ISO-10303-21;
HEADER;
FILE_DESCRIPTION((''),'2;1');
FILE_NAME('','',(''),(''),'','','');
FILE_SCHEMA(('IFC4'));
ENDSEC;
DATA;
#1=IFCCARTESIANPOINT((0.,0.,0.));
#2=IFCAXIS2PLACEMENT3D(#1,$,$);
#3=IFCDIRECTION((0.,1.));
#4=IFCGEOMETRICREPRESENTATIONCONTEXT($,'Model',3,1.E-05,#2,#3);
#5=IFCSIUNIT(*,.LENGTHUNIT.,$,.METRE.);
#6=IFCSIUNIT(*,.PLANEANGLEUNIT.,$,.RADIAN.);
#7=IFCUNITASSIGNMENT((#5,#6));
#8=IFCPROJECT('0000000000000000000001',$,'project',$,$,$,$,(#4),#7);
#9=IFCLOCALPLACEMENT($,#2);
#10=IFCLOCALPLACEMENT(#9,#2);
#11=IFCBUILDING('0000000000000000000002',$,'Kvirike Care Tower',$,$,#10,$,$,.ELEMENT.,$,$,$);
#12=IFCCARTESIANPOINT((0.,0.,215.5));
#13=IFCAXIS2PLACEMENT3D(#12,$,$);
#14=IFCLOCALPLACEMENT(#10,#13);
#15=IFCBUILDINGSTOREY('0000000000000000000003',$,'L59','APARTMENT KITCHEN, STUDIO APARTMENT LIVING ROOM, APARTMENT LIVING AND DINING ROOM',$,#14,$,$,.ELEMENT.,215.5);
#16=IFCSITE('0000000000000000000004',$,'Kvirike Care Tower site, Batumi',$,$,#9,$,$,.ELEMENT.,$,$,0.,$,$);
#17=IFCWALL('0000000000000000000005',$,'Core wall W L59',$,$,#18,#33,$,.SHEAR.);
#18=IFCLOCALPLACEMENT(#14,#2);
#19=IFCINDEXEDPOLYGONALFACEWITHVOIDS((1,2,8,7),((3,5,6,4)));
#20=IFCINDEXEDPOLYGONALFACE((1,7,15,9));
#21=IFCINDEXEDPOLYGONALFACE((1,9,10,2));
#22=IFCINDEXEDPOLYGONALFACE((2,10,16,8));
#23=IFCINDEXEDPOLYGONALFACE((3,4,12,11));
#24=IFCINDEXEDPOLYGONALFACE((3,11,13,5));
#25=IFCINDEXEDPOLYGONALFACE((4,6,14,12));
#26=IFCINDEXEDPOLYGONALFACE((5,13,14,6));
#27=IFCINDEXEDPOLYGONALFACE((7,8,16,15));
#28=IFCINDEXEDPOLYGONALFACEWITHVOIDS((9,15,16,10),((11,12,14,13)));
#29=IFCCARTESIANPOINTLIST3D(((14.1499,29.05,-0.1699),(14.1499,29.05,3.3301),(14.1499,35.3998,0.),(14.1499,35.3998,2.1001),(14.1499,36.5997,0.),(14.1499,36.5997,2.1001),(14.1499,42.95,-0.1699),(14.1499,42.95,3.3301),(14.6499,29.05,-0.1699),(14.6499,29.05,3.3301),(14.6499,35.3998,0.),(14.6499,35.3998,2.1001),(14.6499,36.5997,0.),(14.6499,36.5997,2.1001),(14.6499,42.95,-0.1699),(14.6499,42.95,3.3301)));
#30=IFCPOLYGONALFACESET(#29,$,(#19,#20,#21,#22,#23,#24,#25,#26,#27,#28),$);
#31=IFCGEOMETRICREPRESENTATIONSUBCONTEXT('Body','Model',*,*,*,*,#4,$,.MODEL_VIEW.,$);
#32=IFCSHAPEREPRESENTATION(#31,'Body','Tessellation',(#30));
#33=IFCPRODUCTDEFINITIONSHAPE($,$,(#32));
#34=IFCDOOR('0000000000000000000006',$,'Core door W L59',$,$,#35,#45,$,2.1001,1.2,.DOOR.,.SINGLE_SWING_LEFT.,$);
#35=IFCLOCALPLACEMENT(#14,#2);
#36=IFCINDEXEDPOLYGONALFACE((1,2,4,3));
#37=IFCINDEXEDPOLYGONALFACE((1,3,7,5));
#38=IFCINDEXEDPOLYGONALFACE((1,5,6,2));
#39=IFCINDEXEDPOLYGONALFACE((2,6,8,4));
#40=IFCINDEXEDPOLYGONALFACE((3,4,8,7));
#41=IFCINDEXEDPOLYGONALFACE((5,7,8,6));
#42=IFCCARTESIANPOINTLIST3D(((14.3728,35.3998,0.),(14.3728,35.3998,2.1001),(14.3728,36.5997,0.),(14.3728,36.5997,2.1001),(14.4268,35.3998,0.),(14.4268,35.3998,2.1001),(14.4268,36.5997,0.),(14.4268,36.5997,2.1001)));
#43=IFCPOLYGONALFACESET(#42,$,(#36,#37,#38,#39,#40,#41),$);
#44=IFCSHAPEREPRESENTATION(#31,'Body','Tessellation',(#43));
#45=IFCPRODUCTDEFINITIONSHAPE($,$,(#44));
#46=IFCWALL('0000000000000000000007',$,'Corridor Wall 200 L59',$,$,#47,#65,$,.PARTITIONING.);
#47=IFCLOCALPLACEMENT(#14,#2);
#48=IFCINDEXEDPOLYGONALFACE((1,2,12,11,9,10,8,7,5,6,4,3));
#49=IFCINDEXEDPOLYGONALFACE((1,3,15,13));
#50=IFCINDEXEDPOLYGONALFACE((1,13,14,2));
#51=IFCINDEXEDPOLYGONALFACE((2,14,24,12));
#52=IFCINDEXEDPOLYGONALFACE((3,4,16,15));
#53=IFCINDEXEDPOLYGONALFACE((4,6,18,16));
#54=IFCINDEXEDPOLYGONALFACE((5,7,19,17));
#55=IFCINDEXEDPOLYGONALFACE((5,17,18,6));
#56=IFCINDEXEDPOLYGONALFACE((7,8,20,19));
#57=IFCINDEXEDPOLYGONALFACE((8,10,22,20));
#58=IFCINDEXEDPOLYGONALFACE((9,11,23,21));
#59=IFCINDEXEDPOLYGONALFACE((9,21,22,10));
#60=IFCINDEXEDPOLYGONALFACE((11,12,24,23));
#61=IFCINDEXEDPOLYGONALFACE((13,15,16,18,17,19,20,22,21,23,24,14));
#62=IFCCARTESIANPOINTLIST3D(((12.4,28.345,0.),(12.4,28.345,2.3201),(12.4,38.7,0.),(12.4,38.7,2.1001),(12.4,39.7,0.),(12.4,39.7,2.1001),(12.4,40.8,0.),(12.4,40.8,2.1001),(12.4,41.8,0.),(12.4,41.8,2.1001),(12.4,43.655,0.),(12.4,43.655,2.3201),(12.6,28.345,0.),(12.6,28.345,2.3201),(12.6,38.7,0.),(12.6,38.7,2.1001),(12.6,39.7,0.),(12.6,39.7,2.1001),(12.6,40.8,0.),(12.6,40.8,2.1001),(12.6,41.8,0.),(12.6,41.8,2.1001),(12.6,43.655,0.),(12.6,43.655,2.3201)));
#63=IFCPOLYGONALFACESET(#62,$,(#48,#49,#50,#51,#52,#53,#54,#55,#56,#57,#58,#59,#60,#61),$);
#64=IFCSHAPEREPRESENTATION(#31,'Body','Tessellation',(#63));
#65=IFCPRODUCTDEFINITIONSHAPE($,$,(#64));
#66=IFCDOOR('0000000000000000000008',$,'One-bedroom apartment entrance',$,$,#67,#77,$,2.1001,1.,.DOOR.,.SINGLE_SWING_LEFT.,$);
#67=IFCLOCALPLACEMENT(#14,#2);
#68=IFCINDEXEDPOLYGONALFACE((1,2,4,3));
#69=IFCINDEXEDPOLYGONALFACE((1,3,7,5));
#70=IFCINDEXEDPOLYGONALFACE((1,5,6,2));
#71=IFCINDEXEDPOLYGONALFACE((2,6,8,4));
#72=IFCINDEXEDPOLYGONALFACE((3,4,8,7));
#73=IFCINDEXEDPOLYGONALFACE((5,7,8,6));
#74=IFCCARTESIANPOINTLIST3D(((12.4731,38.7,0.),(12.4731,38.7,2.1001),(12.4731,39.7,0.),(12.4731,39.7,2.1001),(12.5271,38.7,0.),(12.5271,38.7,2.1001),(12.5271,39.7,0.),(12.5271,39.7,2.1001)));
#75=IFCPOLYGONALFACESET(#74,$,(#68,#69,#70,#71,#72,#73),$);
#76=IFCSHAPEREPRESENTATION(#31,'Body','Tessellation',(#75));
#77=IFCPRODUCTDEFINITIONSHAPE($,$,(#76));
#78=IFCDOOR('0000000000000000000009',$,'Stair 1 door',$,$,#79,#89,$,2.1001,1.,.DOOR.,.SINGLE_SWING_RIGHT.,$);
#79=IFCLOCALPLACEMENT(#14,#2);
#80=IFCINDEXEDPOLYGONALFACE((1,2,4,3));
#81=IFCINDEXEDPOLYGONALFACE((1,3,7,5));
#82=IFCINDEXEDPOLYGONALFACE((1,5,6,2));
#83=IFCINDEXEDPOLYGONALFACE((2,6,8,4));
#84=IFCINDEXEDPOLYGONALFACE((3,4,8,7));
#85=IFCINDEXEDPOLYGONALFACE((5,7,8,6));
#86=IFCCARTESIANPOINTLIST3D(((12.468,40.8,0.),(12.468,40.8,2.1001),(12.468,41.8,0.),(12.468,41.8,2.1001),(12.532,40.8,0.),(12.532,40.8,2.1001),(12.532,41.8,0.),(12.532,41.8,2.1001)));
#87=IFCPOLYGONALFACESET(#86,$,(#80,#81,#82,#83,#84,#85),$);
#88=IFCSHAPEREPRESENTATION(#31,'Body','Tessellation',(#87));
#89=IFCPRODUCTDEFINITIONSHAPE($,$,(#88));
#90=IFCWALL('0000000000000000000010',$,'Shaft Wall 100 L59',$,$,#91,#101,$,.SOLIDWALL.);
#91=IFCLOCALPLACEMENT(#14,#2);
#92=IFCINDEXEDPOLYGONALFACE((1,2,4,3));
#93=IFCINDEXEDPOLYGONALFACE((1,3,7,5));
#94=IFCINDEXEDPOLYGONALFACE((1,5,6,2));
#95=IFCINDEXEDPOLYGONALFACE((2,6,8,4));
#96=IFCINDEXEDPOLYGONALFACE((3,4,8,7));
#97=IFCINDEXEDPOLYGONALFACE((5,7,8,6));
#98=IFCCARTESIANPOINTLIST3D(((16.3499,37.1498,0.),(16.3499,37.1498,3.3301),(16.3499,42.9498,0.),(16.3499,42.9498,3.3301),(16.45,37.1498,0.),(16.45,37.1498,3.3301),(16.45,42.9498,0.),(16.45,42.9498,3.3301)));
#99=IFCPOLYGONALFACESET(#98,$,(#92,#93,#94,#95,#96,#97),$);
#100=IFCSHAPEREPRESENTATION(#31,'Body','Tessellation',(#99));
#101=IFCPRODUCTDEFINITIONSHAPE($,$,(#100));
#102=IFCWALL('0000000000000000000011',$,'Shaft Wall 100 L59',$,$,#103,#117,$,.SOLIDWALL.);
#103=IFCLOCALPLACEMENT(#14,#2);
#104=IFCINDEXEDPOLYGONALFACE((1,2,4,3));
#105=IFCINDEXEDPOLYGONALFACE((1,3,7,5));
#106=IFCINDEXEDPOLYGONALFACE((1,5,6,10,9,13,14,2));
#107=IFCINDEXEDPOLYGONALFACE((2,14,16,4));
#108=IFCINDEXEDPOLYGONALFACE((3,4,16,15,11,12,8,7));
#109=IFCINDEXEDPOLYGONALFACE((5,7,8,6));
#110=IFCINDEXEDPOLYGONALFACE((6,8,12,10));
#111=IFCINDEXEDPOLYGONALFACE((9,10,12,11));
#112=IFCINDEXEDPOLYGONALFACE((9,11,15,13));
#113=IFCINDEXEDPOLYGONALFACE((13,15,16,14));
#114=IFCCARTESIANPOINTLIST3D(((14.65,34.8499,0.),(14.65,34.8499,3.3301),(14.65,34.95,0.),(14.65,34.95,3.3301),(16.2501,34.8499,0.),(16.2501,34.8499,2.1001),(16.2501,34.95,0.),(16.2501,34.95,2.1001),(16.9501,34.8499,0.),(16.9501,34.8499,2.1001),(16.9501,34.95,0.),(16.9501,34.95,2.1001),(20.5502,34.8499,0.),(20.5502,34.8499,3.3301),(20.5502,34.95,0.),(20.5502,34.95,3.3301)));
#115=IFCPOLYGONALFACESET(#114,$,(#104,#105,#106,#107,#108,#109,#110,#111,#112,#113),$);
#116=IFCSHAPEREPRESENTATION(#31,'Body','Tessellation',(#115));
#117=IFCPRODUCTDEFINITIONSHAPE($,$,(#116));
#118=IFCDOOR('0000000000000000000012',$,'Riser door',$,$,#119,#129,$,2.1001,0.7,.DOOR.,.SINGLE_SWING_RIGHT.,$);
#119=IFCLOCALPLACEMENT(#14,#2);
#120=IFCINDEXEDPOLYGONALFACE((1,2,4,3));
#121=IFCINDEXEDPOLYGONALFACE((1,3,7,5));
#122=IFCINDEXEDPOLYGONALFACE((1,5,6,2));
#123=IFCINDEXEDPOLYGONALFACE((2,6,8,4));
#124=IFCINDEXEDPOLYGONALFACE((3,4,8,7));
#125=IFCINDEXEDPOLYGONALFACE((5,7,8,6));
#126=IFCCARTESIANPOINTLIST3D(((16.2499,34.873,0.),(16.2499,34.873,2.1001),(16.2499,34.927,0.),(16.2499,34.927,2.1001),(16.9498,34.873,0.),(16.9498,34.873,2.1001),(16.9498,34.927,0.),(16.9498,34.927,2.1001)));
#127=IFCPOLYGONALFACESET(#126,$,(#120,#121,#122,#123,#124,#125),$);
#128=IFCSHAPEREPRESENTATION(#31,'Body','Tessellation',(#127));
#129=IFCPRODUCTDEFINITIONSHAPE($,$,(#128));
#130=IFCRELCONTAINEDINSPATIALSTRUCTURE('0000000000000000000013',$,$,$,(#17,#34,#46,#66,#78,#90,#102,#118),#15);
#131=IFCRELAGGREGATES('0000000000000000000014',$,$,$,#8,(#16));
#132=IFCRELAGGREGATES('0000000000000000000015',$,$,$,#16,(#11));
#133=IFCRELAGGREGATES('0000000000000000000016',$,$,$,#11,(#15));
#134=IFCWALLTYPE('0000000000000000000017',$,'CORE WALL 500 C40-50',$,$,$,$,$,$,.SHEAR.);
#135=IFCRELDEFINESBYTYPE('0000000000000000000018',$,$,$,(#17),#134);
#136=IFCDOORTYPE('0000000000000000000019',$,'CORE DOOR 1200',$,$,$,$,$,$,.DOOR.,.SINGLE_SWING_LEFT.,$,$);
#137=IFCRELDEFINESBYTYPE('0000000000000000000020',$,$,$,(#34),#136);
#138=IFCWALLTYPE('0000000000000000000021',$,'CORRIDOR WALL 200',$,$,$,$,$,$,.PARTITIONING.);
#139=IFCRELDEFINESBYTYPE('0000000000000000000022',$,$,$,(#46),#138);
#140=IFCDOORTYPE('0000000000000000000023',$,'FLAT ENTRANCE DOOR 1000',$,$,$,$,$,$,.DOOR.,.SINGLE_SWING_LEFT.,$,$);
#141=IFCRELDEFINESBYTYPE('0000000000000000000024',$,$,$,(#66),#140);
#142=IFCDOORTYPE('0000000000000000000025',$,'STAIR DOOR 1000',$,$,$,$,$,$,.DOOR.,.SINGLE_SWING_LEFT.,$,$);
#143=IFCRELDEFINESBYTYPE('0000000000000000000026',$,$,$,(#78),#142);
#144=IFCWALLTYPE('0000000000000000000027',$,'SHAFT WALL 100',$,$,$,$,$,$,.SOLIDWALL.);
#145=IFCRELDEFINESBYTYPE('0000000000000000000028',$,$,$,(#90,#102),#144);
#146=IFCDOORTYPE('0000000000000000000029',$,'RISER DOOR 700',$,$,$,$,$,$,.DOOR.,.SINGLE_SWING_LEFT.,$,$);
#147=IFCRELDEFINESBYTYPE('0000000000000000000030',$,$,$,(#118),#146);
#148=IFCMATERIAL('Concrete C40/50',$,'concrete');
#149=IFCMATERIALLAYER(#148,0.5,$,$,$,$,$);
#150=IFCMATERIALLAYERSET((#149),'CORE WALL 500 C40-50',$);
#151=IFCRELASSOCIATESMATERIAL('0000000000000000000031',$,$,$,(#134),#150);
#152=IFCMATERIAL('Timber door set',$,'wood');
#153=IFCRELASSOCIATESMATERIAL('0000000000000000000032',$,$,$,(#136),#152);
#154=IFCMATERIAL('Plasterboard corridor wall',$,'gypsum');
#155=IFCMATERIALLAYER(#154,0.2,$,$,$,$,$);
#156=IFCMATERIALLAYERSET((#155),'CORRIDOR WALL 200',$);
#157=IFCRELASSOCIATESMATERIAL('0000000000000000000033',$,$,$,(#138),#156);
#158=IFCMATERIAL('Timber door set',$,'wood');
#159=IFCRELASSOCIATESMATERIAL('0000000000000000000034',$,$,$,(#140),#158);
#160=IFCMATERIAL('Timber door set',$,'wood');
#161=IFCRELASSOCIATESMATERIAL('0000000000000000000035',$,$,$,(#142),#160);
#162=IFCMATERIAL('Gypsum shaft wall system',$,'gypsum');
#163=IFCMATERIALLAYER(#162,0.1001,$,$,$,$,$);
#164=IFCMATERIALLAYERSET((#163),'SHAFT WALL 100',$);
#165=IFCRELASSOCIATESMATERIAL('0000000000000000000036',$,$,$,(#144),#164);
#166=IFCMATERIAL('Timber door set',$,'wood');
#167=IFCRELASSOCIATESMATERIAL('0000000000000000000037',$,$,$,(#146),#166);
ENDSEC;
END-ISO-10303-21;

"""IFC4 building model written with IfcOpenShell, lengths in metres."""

from ifc_helpers import new_model, si_unit, direction, frame, frame_2d, origin, place, context, subcontext, project, spatial, rectangle, extrude, material, layer, layer_set, type_object, element, fill, save


model = new_model("IFC4")

# Units and contexts
model_context = context("Model", 3, precision=1e-05, world=origin(), true_north=direction((0.0, 1.0)))
body_context = subcontext(model_context, "Body", "Model", "MODEL_VIEW")
ifc_project = project(units=[si_unit("LENGTHUNIT", "METRE"), si_unit("PLANEANGLEUNIT", "RADIAN")], contexts=[model_context])

# Site, building, storey
site_placement = place(None, origin())
site = spatial("IfcSite", under=ifc_project, at=site_placement, Name="Kvirike Care Tower site, Batumi", CompositionType="ELEMENT", RefElevation=0.0)
building_placement = place(site_placement, origin())
building = spatial("IfcBuilding", under=site, at=building_placement, Name="Kvirike Care Tower", CompositionType="ELEMENT")
storey_placement = place(building_placement, frame((0.0, 0.0, 215.5)))
storey = spatial("IfcBuildingStorey", under=building, at=storey_placement, Name="L59", Description="APARTMENT KITCHEN, STUDIO APARTMENT LIVING ROOM, APARTMENT LIVING AND DINING ROOM", CompositionType="ELEMENT", Elevation=215.5)

# Wall, opening, door
ifc_material_1 = material(Name="Concrete C40/50", Category="concrete")
ifc_layer_1 = layer(ifc_material_1, 0.5)
ifc_layer_set_1 = layer_set([ifc_layer_1], Name="CORE WALL 500 C40-50")
wall_type_1 = type_object("IfcWallType", Name="CORE WALL 500 C40-50", PredefinedType="SHEAR", material=ifc_layer_set_1)
wall_1_placement = place(storey_placement, frame((14.3999, 42.95, -0.1699), z_axis=(0.0, 0.0, 1.0), x_axis=(0.0, -1.0, 0.0)))
wall_1 = element("IfcWall", 1, at=wall_1_placement, inside=storey, type_object=wall_type_1, Name="Core wall W L59", PredefinedType="SHEAR", context=body_context, shape_type="SweptSolid", body=[
    extrude(rectangle(XDim=13.8999, YDim=0.5, at=frame_2d((6.95, 0.0))), origin(), (0.0, 0.0, 1.0), 3.5),
])
opening_1_placement = place(wall_1_placement, frame((6.3501, 0.0, 0.1699)))
opening_1 = element("IfcOpeningElement", 2, at=opening_1_placement, cuts=wall_1, PredefinedType="OPENING", context=body_context, shape_type="SweptSolid", body=[
    extrude(rectangle(XDim=1.2, YDim=2.1001, at=frame_2d((0.6001, 1.05))), frame((0.0, 0.2605, 0.0), z_axis=(0.0, -1.0, 0.0), x_axis=(1.0, 0.0, 0.0)), (0.0, 0.0, 1.0), 0.521),
])
ifc_material_2 = material(Name="Timber door set", Category="wood")
door_type_1 = type_object("IfcDoorType", Name="CORE DOOR 1200", OperationType="SINGLE_SWING_LEFT", PredefinedType="DOOR", material=ifc_material_2)
door_1_placement = place(opening_1_placement, origin())
door_1 = element("IfcDoor", 3, at=door_1_placement, inside=storey, type_object=door_type_1, Name="Core door W L59", OperationType="SINGLE_SWING_LEFT", OverallHeight=2.1001, OverallWidth=1.2, PredefinedType="DOOR", context=body_context, shape_type="SweptSolid", body=[
    extrude(rectangle(XDim=1.2, YDim=2.1001, at=frame_2d((0.6001, 1.05))), frame((0.0, 0.0269, 0.0), z_axis=(0.0, -1.0, 0.0), x_axis=(1.0, 0.0, 0.0)), (0.0, 0.0, 1.0), 0.054),
])
fill(opening_1, door_1)

# Wall, openings, doors
ifc_material_3 = material(Name="Plasterboard corridor wall", Category="gypsum")
ifc_layer_2 = layer(ifc_material_3, 0.2)
ifc_layer_set_2 = layer_set([ifc_layer_2], Name="CORRIDOR WALL 200")
wall_type_2 = type_object("IfcWallType", Name="CORRIDOR WALL 200", PredefinedType="PARTITIONING", material=ifc_layer_set_2)
wall_2_placement = place(storey_placement, frame((12.5, 43.655, 0.0), z_axis=(0.0, 0.0, 1.0), x_axis=(0.0, -1.0, 0.0)))
wall_2 = element("IfcWall", 4, at=wall_2_placement, inside=storey, type_object=wall_type_2, Name="Corridor Wall 200 L59", PredefinedType="PARTITIONING", context=body_context, shape_type="SweptSolid", body=[
    extrude(rectangle(XDim=15.3101, YDim=0.2, at=frame_2d((7.655, 0.0))), origin(), (0.0, 0.0, 1.0), 2.3201),
])
opening_2_placement = place(wall_2_placement, frame((1.855, 0.0, 0.0)))
opening_2 = element("IfcOpeningElement", 5, at=opening_2_placement, cuts=wall_2, PredefinedType="OPENING", context=body_context, shape_type="SweptSolid", body=[
    extrude(rectangle(XDim=1.0, YDim=2.1001, at=frame_2d((0.5, 1.05))), frame((0.0, 0.1106, 0.0), z_axis=(0.0, -1.0, 0.0), x_axis=(1.0, 0.0, 0.0)), (0.0, 0.0, 1.0), 0.2209),
])
opening_3_placement = place(wall_2_placement, frame((3.9551, 0.0, 0.0)))
opening_3 = element("IfcOpeningElement", 6, at=opening_3_placement, cuts=wall_2, PredefinedType="OPENING", context=body_context, shape_type="SweptSolid", body=[
    extrude(rectangle(XDim=1.0, YDim=2.1001, at=frame_2d((0.5, 1.05))), frame((0.0, 0.1106, 0.0), z_axis=(0.0, -1.0, 0.0), x_axis=(1.0, 0.0, 0.0)), (0.0, 0.0, 1.0), 0.2209),
])
ifc_material_4 = material(Name="Timber door set", Category="wood")
door_type_2 = type_object("IfcDoorType", Name="FLAT ENTRANCE DOOR 1000", OperationType="SINGLE_SWING_LEFT", PredefinedType="DOOR", material=ifc_material_4)
door_2_placement = place(opening_3_placement, frame((1.0, 0.0, 0.0), z_axis=(0.0, 0.0, 1.0), x_axis=(-1.0, 0.0, 0.0)))
door_2 = element("IfcDoor", 7, at=door_2_placement, inside=storey, type_object=door_type_2, Name="One-bedroom apartment entrance", OperationType="SINGLE_SWING_LEFT", OverallHeight=2.1001, OverallWidth=1.0, PredefinedType="DOOR", context=body_context, shape_type="SweptSolid", body=[
    extrude(rectangle(XDim=1.0, YDim=2.1001, at=frame_2d((0.5, 1.05))), frame((0.0, 0.0269, 0.0), z_axis=(0.0, -1.0, 0.0), x_axis=(1.0, 0.0, 0.0)), (0.0, 0.0, 1.0), 0.054),
])
fill(opening_3, door_2)
ifc_material_5 = material(Name="Timber door set", Category="wood")
door_type_3 = type_object("IfcDoorType", Name="STAIR DOOR 1000", OperationType="SINGLE_SWING_LEFT", PredefinedType="DOOR", material=ifc_material_5)
door_3_placement = place(opening_2_placement, frame((1.0, 0.0, 0.0), z_axis=(0.0, 0.0, 1.0), x_axis=(-1.0, 0.0, 0.0)))
door_3 = element("IfcDoor", 8, at=door_3_placement, inside=storey, type_object=door_type_3, Name="Stair 1 door", OperationType="SINGLE_SWING_RIGHT", OverallHeight=2.1001, OverallWidth=1.0, PredefinedType="DOOR", context=body_context, shape_type="SweptSolid", body=[
    extrude(rectangle(XDim=1.0, YDim=2.1001, at=frame_2d((0.5, 1.05))), frame((0.0, 0.032, 0.0), z_axis=(0.0, -1.0, 0.0), x_axis=(1.0, 0.0, 0.0)), (0.0, 0.0, 1.0), 0.064),
])
fill(opening_2, door_3)

# Wall
ifc_material_6 = material(Name="Gypsum shaft wall system", Category="gypsum")
ifc_layer_3 = layer(ifc_material_6, 0.1001)
ifc_layer_set_3 = layer_set([ifc_layer_3], Name="SHAFT WALL 100")
wall_type_3 = type_object("IfcWallType", Name="SHAFT WALL 100", PredefinedType="SOLIDWALL", material=ifc_layer_set_3)
wall_3_placement = place(storey_placement, frame((16.3999, 37.1499, 0.0), z_axis=(0.0, 0.0, 1.0), x_axis=(0.0, 1.0, 0.0)))
element("IfcWall", 9, at=wall_3_placement, inside=storey, type_object=wall_type_3, Name="Shaft Wall 100 L59", PredefinedType="SOLIDWALL", context=body_context, shape_type="SweptSolid", body=[
    extrude(rectangle(XDim=5.8, YDim=0.1001, at=frame_2d((2.8999, 0.0))), origin(), (0.0, 0.0, 1.0), 3.3301),
])

# Wall, opening, door
wall_4_placement = place(storey_placement, frame((14.6499, 34.8999, 0.0), z_axis=(0.0, 0.0, 1.0), x_axis=(1.0, 0.0, 0.0)))
wall_4 = element("IfcWall", 10, at=wall_4_placement, inside=storey, type_object=wall_type_3, Name="Shaft Wall 100 L59", PredefinedType="SOLIDWALL", context=body_context, shape_type="SweptSolid", body=[
    extrude(rectangle(XDim=5.9001, YDim=0.1001, at=frame_2d((2.9502, 0.0))), origin(), (0.0, 0.0, 1.0), 3.3301),
])
opening_4_placement = place(wall_4_placement, frame((1.6001, 0.0, 0.0)))
opening_4 = element("IfcOpeningElement", 11, at=opening_4_placement, cuts=wall_4, PredefinedType="OPENING", context=body_context, shape_type="SweptSolid", body=[
    extrude(rectangle(XDim=0.7, YDim=2.1001, at=frame_2d((0.3501, 1.05))), frame((0.0, 0.0605, 0.0), z_axis=(0.0, -1.0, 0.0), x_axis=(1.0, 0.0, 0.0)), (0.0, 0.0, 1.0), 0.1211),
])
ifc_material_7 = material(Name="Timber door set", Category="wood")
door_type_4 = type_object("IfcDoorType", Name="RISER DOOR 700", OperationType="SINGLE_SWING_LEFT", PredefinedType="DOOR", material=ifc_material_7)
door_4_placement = place(opening_4_placement, frame((0.7, 0.0, 0.0), z_axis=(0.0, 0.0, 1.0), x_axis=(-1.0, 0.0, 0.0)))
door_4 = element("IfcDoor", 12, at=door_4_placement, inside=storey, type_object=door_type_4, Name="Riser door", OperationType="SINGLE_SWING_RIGHT", OverallHeight=2.1001, OverallWidth=0.7, PredefinedType="DOOR", context=body_context, shape_type="SweptSolid", body=[
    extrude(rectangle(XDim=0.7, YDim=2.1001, at=frame_2d((0.3501, 1.05))), frame((0.0, 0.0269, 0.0), z_axis=(0.0, -1.0, 0.0), x_axis=(1.0, 0.0, 0.0)), (0.0, 0.0, 1.0), 0.054),
])
fill(opening_4, door_4)

save(model, "model.ifc")
